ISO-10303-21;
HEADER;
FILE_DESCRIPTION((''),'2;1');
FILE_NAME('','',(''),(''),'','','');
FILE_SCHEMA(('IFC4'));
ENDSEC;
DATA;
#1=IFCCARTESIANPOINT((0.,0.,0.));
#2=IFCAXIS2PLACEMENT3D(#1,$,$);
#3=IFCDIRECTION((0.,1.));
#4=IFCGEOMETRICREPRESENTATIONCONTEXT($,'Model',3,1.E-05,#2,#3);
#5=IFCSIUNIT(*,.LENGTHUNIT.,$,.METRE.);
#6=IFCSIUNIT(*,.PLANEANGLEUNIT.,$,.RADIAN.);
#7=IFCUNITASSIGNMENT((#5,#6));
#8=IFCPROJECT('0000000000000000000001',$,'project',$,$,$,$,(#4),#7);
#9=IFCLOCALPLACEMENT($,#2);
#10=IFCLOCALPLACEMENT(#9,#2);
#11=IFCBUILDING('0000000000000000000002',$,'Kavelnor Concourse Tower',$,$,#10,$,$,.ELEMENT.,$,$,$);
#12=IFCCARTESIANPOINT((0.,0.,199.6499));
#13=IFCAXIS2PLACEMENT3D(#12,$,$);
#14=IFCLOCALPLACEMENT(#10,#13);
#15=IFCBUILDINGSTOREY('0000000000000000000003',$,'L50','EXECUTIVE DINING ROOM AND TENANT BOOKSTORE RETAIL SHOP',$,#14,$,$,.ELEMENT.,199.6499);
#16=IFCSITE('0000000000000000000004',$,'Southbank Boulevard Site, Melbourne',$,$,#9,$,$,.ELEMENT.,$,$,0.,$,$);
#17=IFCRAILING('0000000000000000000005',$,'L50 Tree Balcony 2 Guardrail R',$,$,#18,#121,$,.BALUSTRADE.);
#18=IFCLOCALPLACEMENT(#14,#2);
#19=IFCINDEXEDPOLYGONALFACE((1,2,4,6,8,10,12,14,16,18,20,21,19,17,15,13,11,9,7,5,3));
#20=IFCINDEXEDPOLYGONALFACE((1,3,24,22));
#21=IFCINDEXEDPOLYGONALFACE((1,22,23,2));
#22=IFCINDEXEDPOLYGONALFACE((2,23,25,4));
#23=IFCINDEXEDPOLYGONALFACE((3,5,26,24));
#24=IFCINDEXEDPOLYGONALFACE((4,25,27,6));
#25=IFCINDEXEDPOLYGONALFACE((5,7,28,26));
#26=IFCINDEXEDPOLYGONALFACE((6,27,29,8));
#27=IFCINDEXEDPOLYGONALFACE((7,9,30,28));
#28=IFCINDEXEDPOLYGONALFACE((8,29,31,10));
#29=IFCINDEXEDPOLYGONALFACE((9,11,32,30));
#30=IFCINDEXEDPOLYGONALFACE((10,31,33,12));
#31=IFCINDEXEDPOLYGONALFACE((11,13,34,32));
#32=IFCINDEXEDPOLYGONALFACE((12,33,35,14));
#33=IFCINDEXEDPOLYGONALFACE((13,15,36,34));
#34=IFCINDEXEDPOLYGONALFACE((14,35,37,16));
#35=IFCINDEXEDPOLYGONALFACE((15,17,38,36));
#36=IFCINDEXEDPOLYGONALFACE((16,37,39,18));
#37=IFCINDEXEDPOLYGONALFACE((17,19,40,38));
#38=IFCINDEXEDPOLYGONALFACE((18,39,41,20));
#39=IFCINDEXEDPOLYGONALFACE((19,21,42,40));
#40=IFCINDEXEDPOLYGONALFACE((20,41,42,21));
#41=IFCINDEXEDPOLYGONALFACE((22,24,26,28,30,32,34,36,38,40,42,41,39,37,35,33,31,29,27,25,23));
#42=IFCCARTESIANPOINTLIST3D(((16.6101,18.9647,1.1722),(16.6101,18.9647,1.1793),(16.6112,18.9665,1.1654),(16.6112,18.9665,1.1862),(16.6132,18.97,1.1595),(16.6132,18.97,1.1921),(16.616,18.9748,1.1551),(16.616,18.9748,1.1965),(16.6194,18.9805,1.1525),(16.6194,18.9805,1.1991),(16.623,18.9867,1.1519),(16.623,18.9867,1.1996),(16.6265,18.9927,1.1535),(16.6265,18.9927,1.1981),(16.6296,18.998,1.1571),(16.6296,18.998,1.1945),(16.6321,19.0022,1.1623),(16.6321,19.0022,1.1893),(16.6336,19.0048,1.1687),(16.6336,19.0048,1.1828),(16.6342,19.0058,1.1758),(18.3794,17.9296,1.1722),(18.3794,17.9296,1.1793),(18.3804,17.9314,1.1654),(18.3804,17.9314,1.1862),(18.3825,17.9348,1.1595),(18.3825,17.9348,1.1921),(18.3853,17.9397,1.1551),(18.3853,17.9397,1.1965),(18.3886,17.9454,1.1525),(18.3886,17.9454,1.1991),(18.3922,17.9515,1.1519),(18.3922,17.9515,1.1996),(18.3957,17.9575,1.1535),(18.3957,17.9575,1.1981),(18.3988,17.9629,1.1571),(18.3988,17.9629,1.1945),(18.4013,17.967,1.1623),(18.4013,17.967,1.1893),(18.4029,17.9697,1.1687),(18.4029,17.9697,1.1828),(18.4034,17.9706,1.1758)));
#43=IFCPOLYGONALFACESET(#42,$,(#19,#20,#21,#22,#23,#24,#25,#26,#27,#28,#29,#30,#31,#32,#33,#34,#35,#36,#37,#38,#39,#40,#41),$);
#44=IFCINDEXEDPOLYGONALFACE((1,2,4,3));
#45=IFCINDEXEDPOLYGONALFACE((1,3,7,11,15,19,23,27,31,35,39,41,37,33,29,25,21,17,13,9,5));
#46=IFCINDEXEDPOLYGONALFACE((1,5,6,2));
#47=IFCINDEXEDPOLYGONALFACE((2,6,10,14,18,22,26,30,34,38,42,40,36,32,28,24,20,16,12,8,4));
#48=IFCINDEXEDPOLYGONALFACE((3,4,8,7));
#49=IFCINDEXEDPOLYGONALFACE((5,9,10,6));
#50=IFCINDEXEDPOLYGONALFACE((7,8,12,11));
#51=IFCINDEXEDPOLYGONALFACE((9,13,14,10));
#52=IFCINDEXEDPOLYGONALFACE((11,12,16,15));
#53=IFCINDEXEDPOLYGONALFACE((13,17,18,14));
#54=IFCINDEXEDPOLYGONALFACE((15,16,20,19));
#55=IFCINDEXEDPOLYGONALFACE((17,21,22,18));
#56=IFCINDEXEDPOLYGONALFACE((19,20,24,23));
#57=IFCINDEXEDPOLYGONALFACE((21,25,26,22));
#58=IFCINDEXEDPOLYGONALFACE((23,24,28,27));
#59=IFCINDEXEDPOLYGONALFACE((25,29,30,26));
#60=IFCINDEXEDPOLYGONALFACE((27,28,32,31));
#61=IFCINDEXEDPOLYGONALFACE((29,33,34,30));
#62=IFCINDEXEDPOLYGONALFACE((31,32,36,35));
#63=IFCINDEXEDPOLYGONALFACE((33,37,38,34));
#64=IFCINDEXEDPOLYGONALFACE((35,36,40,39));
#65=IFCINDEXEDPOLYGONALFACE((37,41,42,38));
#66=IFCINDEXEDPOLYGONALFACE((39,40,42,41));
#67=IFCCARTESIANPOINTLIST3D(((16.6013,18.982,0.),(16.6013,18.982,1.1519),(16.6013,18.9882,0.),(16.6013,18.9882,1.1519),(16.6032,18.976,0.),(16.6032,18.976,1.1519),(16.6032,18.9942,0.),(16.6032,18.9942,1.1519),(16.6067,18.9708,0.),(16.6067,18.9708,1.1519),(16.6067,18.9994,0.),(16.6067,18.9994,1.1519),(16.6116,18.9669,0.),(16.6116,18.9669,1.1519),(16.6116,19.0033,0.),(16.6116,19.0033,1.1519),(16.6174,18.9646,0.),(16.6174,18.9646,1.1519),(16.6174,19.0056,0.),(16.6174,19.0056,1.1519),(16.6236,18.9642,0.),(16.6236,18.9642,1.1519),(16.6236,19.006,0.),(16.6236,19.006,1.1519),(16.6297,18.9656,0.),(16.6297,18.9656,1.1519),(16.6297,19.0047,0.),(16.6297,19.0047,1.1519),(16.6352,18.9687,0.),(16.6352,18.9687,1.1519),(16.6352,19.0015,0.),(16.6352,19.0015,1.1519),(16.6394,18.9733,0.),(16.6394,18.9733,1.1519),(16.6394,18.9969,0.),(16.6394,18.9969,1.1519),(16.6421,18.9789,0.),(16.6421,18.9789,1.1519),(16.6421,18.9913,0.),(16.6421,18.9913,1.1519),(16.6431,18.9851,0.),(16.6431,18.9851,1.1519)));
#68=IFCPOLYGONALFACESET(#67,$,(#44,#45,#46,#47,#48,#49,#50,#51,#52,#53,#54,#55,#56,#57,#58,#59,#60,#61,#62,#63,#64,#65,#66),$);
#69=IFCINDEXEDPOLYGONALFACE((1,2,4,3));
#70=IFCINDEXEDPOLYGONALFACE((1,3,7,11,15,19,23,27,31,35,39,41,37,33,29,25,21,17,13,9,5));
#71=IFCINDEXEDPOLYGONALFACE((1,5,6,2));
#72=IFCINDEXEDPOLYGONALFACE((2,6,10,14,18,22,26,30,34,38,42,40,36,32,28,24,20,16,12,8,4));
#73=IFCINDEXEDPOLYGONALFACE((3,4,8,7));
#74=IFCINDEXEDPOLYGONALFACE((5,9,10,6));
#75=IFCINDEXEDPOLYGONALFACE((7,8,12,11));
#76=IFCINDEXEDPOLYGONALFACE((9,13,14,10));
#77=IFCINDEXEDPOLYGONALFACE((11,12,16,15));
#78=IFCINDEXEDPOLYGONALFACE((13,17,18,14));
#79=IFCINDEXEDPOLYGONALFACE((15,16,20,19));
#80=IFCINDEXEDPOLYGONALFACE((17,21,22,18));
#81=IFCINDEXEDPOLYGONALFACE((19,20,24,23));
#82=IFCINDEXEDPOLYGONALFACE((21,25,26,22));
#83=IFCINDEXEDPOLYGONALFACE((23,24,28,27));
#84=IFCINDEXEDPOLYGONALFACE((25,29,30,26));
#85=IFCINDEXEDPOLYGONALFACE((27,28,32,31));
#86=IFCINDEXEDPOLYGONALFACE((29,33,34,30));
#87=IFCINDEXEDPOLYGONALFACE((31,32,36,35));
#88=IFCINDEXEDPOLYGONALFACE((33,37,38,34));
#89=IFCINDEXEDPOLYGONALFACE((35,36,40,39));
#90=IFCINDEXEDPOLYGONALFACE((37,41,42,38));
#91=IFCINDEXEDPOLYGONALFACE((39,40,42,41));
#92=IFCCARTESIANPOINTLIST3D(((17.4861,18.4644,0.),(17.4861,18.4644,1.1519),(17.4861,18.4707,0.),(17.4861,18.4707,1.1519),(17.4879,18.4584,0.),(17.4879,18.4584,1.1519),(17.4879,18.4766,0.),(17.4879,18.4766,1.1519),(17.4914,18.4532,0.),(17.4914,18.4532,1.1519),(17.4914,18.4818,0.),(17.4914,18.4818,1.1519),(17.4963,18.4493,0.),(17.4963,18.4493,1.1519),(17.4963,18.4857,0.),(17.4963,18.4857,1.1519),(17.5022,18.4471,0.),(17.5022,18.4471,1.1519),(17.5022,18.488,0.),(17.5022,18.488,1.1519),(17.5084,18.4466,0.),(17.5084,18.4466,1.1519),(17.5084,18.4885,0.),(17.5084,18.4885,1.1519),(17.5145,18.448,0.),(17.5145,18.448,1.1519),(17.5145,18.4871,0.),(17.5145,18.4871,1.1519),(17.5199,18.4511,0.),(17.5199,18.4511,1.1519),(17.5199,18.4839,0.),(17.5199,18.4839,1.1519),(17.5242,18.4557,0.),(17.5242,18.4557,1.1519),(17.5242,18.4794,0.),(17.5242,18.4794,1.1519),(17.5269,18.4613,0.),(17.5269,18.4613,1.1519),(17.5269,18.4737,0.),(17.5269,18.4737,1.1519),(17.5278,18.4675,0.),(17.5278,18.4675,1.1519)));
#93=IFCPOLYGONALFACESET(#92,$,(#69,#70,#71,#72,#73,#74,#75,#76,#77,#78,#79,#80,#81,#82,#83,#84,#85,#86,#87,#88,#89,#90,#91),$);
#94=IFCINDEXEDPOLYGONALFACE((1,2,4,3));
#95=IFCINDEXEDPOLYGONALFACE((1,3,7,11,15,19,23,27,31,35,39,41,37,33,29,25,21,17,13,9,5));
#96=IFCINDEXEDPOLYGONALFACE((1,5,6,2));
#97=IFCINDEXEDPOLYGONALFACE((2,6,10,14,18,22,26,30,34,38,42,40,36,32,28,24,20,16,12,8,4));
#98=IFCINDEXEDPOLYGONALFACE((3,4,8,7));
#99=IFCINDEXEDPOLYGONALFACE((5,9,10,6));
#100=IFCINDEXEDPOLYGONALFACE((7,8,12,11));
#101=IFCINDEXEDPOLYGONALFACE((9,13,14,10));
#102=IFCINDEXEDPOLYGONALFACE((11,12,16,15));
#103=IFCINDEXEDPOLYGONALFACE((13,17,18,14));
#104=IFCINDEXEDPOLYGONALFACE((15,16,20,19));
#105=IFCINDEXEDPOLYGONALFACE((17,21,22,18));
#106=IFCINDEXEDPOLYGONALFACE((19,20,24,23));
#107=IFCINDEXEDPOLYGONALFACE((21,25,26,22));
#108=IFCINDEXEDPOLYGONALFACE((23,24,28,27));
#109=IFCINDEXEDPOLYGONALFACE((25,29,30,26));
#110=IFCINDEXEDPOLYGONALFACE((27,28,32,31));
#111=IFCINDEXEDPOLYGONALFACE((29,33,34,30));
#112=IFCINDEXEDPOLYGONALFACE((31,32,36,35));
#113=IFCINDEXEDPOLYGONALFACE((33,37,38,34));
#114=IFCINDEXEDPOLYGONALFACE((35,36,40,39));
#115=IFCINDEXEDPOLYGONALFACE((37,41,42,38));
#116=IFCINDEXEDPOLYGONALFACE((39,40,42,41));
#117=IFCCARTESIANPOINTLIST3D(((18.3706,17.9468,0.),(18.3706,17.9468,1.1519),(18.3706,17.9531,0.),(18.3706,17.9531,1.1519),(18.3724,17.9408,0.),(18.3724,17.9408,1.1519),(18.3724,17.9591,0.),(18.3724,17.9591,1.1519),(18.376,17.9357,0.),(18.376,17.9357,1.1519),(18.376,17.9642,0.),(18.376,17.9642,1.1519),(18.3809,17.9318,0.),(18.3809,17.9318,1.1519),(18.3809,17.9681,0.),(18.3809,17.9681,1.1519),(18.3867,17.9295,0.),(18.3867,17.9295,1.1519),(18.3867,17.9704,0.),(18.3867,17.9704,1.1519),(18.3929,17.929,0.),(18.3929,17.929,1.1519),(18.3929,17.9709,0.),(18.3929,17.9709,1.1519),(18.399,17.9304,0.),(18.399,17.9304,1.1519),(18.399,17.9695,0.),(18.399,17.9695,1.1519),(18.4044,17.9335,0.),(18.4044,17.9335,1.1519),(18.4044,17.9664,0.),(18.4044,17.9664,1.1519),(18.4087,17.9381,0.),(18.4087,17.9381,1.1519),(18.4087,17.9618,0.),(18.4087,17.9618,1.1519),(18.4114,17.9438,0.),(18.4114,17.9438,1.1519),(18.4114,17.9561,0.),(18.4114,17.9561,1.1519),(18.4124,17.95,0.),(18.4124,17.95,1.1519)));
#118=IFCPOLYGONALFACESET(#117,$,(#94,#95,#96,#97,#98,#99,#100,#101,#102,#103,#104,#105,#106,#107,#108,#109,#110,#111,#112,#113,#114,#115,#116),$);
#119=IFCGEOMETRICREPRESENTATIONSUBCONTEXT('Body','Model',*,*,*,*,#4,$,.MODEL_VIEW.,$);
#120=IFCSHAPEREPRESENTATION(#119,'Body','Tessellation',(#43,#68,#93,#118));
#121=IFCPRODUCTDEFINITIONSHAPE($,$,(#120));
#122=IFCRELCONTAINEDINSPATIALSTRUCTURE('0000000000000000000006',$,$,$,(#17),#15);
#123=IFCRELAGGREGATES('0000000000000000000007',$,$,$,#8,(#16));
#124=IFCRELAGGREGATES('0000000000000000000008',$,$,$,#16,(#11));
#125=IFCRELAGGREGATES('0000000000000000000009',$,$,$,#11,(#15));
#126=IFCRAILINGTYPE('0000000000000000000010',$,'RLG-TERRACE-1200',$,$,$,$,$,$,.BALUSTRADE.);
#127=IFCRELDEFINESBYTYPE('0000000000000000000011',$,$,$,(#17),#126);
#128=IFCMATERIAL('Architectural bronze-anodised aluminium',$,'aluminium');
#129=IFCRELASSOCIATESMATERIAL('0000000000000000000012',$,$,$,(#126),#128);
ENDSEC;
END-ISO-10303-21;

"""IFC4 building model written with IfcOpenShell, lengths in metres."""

from ifc_helpers import new_model, si_unit, direction, frame, origin, origin_2d, place, context, subcontext, project, spatial, circle, extrude, material, type_object, element, save


model = new_model("IFC4")

# Units and contexts
model_context = context("Model", 3, precision=1e-05, world=origin(), true_north=direction((0.0, 1.0)))
body_context = subcontext(model_context, "Body", "Model", "MODEL_VIEW")
ifc_project = project(units=[si_unit("LENGTHUNIT", "METRE"), si_unit("PLANEANGLEUNIT", "RADIAN")], contexts=[model_context])

# Site, building, storey
site_placement = place(None, origin())
site = spatial("IfcSite", under=ifc_project, at=site_placement, Name="Southbank Boulevard Site, Melbourne", CompositionType="ELEMENT", RefElevation=0.0)
building_placement = place(site_placement, origin())
building = spatial("IfcBuilding", under=site, at=building_placement, Name="Kavelnor Concourse Tower", CompositionType="ELEMENT")
storey_placement = place(building_placement, frame((0.0, 0.0, 199.6499)))
storey = spatial("IfcBuildingStorey", under=building, at=storey_placement, Name="L50", Description="EXECUTIVE DINING ROOM AND TENANT BOOKSTORE RETAIL SHOP", CompositionType="ELEMENT", Elevation=199.6499)

# Railing
ifc_material_1 = material(Name="Architectural bronze-anodised aluminium", Category="aluminium")
railing_type = type_object("IfcRailingType", Name="RLG-TERRACE-1200", PredefinedType="BALUSTRADE", material=ifc_material_1)
railing_1_placement = place(storey_placement, frame((16.6221, 18.9851, 0.0)))
element("IfcRailing", 1, at=railing_1_placement, inside=storey, type_object=railing_type, Name="L50 Tree Balcony 2 Guardrail R", PredefinedType="BALUSTRADE", context=body_context, shape_type="SweptSolid", body=[
    extrude(circle(Radius=0.0239, at=origin_2d()), frame((0.0, 0.0, 1.1758), z_axis=(0.863126, -0.504989, 0.0), x_axis=(0.504989, 0.863126, 0.0)), (0.0, 0.0, 1.0), 2.0498),
    extrude(circle(Radius=0.021, at=origin_2d()), origin(), (0.0, 0.0, 1.0), 1.1519),
    extrude(circle(Radius=0.021, at=origin_2d()), frame((0.8848, -0.5176, 0.0)), (0.0, 0.0, 1.0), 1.1519),
    extrude(circle(Radius=0.021, at=origin_2d()), frame((1.7693, -1.0352, 0.0)), (0.0, 0.0, 1.0), 1.1519),
])

save(model, "model.ifc")
